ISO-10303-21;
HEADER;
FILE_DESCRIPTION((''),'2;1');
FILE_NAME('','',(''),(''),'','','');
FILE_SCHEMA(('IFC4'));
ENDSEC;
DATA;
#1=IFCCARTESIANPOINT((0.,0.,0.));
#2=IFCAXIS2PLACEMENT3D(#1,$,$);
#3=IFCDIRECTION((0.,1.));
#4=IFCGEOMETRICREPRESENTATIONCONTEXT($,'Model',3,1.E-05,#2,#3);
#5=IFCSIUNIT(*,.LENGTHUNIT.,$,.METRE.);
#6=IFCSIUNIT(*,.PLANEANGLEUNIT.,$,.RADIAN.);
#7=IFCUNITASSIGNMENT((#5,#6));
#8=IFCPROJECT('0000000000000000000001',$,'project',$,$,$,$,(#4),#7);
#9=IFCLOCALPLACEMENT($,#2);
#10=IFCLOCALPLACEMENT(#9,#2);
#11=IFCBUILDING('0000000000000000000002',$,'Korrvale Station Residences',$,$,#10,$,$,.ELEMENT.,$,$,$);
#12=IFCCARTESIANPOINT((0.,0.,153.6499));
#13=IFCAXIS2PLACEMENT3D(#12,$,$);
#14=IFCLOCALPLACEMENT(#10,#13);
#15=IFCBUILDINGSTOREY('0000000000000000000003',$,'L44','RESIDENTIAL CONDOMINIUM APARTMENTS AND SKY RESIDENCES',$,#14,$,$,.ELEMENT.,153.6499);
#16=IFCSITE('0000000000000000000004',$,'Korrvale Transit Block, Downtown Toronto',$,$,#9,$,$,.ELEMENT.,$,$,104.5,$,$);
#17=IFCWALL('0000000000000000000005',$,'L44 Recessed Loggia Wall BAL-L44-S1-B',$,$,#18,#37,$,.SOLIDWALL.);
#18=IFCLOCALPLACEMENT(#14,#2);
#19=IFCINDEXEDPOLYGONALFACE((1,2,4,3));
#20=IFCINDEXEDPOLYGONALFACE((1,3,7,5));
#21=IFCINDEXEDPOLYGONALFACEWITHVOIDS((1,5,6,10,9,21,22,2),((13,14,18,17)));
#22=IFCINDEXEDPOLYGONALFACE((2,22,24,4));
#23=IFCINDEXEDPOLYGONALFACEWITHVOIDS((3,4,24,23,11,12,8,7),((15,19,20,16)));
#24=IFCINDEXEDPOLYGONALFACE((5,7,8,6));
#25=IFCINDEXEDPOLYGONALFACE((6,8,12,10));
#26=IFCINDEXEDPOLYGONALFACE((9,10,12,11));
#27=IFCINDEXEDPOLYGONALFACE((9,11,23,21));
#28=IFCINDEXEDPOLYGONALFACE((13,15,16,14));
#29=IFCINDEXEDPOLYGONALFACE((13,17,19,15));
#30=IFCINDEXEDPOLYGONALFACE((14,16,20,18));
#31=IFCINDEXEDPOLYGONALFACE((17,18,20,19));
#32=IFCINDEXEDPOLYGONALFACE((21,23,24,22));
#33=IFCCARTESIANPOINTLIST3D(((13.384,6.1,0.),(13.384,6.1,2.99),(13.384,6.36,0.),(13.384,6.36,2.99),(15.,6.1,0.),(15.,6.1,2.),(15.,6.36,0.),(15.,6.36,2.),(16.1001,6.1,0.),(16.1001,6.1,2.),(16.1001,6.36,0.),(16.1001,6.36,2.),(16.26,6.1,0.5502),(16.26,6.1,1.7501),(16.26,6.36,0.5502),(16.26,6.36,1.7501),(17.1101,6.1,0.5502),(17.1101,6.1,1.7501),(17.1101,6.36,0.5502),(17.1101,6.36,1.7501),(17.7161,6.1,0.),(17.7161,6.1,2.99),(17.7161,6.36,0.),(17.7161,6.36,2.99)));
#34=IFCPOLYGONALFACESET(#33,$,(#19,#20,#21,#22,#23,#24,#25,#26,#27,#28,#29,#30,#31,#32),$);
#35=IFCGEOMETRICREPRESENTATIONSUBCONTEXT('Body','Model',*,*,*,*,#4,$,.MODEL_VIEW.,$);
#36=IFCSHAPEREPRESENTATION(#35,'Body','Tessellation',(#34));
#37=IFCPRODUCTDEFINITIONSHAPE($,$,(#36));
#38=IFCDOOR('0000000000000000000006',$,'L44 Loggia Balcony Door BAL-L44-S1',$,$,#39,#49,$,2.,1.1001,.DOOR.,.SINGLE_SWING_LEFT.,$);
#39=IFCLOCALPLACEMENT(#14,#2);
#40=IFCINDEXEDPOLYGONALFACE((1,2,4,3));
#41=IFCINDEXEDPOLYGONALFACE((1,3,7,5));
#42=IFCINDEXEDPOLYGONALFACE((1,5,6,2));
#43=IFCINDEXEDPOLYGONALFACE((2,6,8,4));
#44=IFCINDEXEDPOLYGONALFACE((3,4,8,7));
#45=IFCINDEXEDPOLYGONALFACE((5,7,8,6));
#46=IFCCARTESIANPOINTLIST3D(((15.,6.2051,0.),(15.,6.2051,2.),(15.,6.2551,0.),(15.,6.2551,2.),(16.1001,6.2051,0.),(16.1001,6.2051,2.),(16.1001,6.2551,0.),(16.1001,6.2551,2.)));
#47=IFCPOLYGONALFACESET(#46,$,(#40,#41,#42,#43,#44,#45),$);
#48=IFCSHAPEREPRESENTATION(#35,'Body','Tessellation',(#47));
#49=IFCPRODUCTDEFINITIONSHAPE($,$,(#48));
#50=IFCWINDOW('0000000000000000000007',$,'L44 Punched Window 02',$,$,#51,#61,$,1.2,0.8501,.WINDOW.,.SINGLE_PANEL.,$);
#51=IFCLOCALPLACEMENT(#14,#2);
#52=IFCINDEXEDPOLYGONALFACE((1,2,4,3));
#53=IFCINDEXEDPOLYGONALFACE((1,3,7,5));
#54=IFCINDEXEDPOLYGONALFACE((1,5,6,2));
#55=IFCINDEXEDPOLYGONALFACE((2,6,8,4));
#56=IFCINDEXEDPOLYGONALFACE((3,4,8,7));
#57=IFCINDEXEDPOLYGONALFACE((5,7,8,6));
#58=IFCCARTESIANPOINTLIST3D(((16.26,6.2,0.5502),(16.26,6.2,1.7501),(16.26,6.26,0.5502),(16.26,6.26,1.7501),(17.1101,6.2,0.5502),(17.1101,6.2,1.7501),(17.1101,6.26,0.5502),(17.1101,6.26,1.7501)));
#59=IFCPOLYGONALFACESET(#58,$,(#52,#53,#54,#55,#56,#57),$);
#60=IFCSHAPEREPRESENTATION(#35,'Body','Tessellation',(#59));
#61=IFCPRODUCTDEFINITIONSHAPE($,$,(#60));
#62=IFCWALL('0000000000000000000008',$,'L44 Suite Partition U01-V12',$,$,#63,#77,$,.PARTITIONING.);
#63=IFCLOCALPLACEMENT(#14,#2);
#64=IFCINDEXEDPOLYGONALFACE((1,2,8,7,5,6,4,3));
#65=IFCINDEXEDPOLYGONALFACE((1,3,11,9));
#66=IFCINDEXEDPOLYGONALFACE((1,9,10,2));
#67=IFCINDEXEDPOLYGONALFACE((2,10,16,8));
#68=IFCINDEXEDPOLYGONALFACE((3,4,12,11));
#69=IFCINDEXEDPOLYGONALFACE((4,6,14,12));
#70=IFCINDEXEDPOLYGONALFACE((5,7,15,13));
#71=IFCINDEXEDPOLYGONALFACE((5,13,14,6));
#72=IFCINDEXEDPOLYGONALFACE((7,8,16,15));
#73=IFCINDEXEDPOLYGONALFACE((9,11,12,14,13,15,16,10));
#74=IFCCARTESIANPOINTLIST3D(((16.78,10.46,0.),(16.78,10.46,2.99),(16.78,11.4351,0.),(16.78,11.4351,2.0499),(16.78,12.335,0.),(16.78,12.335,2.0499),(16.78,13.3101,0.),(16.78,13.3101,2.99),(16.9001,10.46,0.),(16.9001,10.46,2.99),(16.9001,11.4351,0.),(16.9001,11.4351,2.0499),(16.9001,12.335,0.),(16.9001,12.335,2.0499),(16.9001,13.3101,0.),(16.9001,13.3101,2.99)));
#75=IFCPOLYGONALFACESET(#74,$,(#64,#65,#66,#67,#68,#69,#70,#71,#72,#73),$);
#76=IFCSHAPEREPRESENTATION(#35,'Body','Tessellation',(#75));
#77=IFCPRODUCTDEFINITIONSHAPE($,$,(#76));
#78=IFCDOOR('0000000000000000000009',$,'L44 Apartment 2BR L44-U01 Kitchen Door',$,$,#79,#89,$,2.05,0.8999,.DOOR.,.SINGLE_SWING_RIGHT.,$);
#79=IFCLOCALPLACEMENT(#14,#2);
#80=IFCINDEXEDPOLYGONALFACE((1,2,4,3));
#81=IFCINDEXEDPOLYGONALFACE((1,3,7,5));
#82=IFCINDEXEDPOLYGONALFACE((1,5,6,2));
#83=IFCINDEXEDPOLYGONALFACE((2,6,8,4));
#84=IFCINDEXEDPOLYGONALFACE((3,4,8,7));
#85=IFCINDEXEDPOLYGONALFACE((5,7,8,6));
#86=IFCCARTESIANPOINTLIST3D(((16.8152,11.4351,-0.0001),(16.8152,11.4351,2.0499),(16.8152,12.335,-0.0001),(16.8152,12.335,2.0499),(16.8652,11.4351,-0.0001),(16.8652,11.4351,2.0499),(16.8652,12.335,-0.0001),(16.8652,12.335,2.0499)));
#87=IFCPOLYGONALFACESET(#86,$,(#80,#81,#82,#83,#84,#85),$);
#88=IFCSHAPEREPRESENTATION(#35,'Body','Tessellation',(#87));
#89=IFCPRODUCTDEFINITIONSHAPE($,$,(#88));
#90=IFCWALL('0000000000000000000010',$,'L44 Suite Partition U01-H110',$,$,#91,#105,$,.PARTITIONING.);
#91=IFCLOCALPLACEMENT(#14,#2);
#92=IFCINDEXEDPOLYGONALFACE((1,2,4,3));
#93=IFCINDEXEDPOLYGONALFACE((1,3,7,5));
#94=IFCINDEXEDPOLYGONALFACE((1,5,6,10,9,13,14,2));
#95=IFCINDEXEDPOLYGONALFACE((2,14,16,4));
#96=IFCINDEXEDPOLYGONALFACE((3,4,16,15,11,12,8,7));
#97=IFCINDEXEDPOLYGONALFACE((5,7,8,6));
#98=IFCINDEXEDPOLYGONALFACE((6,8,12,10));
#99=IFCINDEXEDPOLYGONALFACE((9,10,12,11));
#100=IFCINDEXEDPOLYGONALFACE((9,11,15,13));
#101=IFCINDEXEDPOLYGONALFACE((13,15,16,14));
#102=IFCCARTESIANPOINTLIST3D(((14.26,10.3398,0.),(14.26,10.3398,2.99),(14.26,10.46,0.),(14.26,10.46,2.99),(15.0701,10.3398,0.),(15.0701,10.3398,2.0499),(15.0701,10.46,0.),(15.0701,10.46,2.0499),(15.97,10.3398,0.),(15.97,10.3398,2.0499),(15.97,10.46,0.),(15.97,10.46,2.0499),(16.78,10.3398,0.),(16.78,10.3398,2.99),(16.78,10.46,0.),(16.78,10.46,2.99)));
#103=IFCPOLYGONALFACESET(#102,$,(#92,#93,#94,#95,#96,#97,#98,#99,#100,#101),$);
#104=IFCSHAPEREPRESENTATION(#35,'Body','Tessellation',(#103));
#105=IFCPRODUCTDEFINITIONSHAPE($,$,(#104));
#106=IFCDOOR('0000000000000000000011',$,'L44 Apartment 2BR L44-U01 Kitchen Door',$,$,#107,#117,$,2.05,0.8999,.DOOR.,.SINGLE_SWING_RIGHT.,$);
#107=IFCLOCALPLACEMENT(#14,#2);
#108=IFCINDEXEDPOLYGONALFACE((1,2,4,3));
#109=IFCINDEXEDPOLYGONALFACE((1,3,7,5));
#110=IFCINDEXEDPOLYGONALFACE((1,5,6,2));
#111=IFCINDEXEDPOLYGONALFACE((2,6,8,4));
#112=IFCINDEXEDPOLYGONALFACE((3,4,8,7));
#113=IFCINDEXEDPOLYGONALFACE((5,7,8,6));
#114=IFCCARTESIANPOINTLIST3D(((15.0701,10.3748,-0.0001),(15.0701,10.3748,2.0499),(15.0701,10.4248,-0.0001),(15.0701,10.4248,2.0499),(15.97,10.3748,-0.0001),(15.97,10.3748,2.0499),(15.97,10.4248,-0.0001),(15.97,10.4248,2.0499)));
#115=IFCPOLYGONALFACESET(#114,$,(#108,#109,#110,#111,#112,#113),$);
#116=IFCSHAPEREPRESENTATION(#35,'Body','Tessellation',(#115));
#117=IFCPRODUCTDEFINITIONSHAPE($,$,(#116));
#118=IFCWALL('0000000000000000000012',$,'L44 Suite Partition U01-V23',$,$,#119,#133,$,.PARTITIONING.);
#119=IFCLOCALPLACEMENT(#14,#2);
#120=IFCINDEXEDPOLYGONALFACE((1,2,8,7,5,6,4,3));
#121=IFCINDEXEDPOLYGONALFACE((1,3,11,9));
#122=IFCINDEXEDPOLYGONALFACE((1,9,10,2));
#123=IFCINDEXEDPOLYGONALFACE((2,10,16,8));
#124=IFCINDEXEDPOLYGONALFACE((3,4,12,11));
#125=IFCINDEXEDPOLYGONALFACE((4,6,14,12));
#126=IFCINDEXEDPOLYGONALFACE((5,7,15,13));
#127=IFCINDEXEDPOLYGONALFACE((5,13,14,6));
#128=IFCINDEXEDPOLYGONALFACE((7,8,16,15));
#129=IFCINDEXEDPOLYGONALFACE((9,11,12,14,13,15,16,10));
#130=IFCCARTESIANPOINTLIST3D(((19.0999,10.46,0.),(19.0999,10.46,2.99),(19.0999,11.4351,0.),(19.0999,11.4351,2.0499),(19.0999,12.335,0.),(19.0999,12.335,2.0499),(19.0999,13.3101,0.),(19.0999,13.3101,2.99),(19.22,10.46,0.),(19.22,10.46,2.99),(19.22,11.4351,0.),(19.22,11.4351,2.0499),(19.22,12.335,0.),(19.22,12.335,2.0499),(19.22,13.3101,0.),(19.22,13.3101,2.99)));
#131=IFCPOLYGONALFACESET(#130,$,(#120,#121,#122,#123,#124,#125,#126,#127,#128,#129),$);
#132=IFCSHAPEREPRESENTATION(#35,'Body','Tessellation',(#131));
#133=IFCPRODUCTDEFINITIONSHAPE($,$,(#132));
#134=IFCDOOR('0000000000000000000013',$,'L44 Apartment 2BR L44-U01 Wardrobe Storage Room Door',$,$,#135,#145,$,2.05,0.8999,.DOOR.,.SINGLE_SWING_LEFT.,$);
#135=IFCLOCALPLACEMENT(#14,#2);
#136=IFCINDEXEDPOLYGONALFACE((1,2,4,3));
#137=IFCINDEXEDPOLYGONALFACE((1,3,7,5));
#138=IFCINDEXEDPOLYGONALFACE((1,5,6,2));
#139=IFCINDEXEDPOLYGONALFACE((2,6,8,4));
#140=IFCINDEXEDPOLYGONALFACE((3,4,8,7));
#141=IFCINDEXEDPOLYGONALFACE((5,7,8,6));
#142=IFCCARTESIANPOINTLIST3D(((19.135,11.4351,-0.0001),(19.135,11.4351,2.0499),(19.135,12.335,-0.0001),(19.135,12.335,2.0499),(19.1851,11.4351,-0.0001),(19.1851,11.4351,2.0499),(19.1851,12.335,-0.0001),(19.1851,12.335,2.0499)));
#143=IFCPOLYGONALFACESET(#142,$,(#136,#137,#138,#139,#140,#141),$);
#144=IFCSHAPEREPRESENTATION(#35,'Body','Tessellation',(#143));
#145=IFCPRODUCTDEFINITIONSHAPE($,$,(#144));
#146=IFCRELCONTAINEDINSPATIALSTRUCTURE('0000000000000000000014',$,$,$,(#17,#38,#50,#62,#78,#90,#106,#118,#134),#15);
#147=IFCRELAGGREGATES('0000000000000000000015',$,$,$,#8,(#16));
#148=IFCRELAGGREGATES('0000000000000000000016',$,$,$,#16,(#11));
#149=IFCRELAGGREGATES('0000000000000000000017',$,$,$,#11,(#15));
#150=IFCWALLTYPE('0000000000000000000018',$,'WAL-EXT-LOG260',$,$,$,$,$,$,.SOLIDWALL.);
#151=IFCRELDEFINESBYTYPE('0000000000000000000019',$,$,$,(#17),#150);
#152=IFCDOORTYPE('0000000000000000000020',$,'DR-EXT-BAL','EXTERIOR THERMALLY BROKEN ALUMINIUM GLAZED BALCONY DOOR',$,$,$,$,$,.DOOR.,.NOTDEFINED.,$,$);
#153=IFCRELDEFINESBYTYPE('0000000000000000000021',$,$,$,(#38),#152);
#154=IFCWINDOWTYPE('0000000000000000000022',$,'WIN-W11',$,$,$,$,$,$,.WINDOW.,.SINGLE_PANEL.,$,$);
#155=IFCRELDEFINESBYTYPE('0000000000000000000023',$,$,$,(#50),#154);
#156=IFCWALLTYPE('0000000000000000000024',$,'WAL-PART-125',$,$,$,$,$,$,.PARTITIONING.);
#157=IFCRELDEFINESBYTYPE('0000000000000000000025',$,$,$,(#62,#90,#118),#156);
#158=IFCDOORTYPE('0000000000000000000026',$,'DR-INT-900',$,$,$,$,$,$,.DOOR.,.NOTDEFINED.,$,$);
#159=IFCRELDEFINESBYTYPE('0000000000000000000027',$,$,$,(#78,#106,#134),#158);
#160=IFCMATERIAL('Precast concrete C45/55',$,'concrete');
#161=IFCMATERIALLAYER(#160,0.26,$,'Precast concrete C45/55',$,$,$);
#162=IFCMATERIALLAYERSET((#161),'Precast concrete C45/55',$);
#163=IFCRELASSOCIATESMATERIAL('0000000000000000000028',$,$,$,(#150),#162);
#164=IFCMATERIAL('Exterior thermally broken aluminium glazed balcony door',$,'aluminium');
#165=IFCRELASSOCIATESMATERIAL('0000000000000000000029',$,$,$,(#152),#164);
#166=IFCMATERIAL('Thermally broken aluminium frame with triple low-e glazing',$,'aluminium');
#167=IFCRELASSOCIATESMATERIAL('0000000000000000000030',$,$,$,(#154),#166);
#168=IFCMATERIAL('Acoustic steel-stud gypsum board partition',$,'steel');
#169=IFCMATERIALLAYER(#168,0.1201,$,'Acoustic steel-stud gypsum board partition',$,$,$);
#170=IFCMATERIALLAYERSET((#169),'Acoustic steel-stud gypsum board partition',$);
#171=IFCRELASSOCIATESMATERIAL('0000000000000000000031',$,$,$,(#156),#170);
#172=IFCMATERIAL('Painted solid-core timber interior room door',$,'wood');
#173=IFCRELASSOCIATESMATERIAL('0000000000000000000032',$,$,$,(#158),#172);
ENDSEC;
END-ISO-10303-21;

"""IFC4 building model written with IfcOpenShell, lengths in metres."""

from ifc_helpers import new_model, si_unit, direction, frame, frame_2d, origin, place, context, subcontext, project, spatial, rectangle, extrude, material, layer, layer_set, type_object, element, fill, save


model = new_model("IFC4")

# Units and contexts
model_context = context("Model", 3, precision=1e-05, world=origin(), true_north=direction((0.0, 1.0)))
body_context = subcontext(model_context, "Body", "Model", "MODEL_VIEW")
ifc_project = project(units=[si_unit("LENGTHUNIT", "METRE"), si_unit("PLANEANGLEUNIT", "RADIAN")], contexts=[model_context])

# Site, building, storey
site_placement = place(None, origin())
site = spatial("IfcSite", under=ifc_project, at=site_placement, Name="Korrvale Transit Block, Downtown Toronto", CompositionType="ELEMENT", RefElevation=104.5)
building_placement = place(site_placement, origin())
building = spatial("IfcBuilding", under=site, at=building_placement, Name="Korrvale Station Residences", CompositionType="ELEMENT")
storey_placement = place(building_placement, frame((0.0, 0.0, 153.6499)))
storey = spatial("IfcBuildingStorey", under=building, at=storey_placement, Name="L44", Description="RESIDENTIAL CONDOMINIUM APARTMENTS AND SKY RESIDENCES", CompositionType="ELEMENT", Elevation=153.6499)

# Shared definitions
ifc_material_1 = material(Name="Precast concrete C45/55", Category="concrete")
ifc_layer_1 = layer(ifc_material_1, 0.26, Name="Precast concrete C45/55")
ifc_layer_set_1 = layer_set([ifc_layer_1], Name="Precast concrete C45/55")
wall_type_1 = type_object("IfcWallType", Name="WAL-EXT-LOG260", PredefinedType="SOLIDWALL", material=ifc_layer_set_1)

# Wall, openings, door, window
wall_1_placement = place(storey_placement, frame((17.7161, 6.23, 0.0), z_axis=(0.0, 0.0, 1.0), x_axis=(-1.0, 0.0, 0.0)))
wall_1 = element("IfcWall", 1, at=wall_1_placement, inside=storey, type_object=wall_type_1, Name="L44 Recessed Loggia Wall BAL-L44-S1-B", PredefinedType="SOLIDWALL", context=body_context, shape_type="SweptSolid", body=[
    extrude(rectangle(XDim=4.332, YDim=0.26, at=frame_2d((2.166, 0.0))), origin(), (0.0, 0.0, 1.0), 2.99),
])
opening_1_placement = place(wall_1_placement, frame((1.616, 0.0, 0.0)))
opening_1 = element("IfcOpeningElement", 2, at=opening_1_placement, cuts=wall_1, PredefinedType="OPENING", context=body_context, shape_type="SweptSolid", body=[
    extrude(rectangle(XDim=1.1001, YDim=2.0, at=frame_2d((0.55, 1.0))), frame((0.0, 0.1401, 0.0), z_axis=(0.0, -1.0, 0.0), x_axis=(1.0, 0.0, 0.0)), (0.0, 0.0, 1.0), 0.28),
])
opening_2_placement = place(wall_1_placement, frame((0.606, 0.0, 0.55)))
opening_2 = element("IfcOpeningElement", 3, at=opening_2_placement, cuts=wall_1, PredefinedType="OPENING", context=body_context, shape_type="SweptSolid", body=[
    extrude(rectangle(XDim=0.8501, YDim=1.2, at=frame_2d((0.425, 0.6001))), frame((0.0, 0.1401, 0.0), z_axis=(0.0, -1.0, 0.0), x_axis=(1.0, 0.0, 0.0)), (0.0, 0.0, 1.0), 0.28),
])
ifc_material_2 = material(Name="Exterior thermally broken aluminium glazed balcony door", Category="aluminium")
door_type_1 = type_object("IfcDoorType", Name="DR-EXT-BAL", Description="EXTERIOR THERMALLY BROKEN ALUMINIUM GLAZED BALCONY DOOR", OperationType="NOTDEFINED", PredefinedType="DOOR", material=ifc_material_2)
door_1_placement = place(opening_1_placement, origin())
door_1 = element("IfcDoor", 4, at=door_1_placement, inside=storey, type_object=door_type_1, Name="L44 Loggia Balcony Door BAL-L44-S1", OperationType="SINGLE_SWING_LEFT", OverallHeight=2.0, OverallWidth=1.1001, PredefinedType="DOOR", context=body_context, shape_type="SweptSolid", body=[
    extrude(rectangle(XDim=1.1001, YDim=2.0, at=frame_2d((0.55, 1.0))), frame((0.0, 0.0249, 0.0), z_axis=(0.0, -1.0, 0.0), x_axis=(1.0, 0.0, 0.0)), (0.0, 0.0, 1.0), 0.05),
])
fill(opening_1, door_1)
ifc_material_3 = material(Name="Thermally broken aluminium frame with triple low-e glazing", Category="aluminium")
window_type = type_object("IfcWindowType", Name="WIN-W11", PartitioningType="SINGLE_PANEL", PredefinedType="WINDOW", material=ifc_material_3)
window_placement = place(opening_2_placement, origin())
window = element("IfcWindow", 5, at=window_placement, inside=storey, type_object=window_type, Name="L44 Punched Window 02", OverallHeight=1.2, OverallWidth=0.8501, PartitioningType="SINGLE_PANEL", PredefinedType="WINDOW", context=body_context, shape_type="SweptSolid", body=[
    extrude(rectangle(XDim=0.8501, YDim=1.2, at=frame_2d((0.425, 0.6001))), frame((0.0, 0.03, 0.0), z_axis=(0.0, -1.0, 0.0), x_axis=(1.0, 0.0, 0.0)), (0.0, 0.0, 1.0), 0.0601),
])
fill(opening_2, window)

# Walls, openings, doors
ifc_material_4 = material(Name="Acoustic steel-stud gypsum board partition", Category="steel")
ifc_layer_2 = layer(ifc_material_4, 0.1201, Name="Acoustic steel-stud gypsum board partition")
ifc_layer_set_2 = layer_set([ifc_layer_2], Name="Acoustic steel-stud gypsum board partition")
wall_type_2 = type_object("IfcWallType", Name="WAL-PART-125", PredefinedType="PARTITIONING", material=ifc_layer_set_2)
wall_2_placement = place(storey_placement, frame((16.8401, 10.46, 0.0), z_axis=(0.0, 0.0, 1.0), x_axis=(0.0, 1.0, 0.0)))
wall_2 = element("IfcWall", 6, at=wall_2_placement, inside=storey, type_object=wall_type_2, Name="L44 Suite Partition U01-V12", PredefinedType="PARTITIONING", context=body_context, shape_type="SweptSolid", body=[
    extrude(rectangle(XDim=2.8501, YDim=0.1201, at=frame_2d((1.425, 0.0))), origin(), (0.0, 0.0, 1.0), 2.99),
])
opening_3_placement = place(wall_2_placement, frame((0.9751, 0.0, 0.0)))
opening_3 = element("IfcOpeningElement", 7, at=opening_3_placement, cuts=wall_2, PredefinedType="OPENING", context=body_context, shape_type="SweptSolid", body=[
    extrude(rectangle(XDim=0.8999, YDim=2.05, at=frame_2d((0.45, 1.0249))), frame((0.0, 0.0701, 0.0), z_axis=(0.0, -1.0, 0.0), x_axis=(1.0, 0.0, 0.0)), (0.0, 0.0, 1.0), 0.1401),
])
ifc_material_5 = material(Name="Painted solid-core timber interior room door", Category="wood")
door_type_2 = type_object("IfcDoorType", Name="DR-INT-900", OperationType="NOTDEFINED", PredefinedType="DOOR", material=ifc_material_5)
door_2_placement = place(opening_3_placement, origin())
door_2 = element("IfcDoor", 8, at=door_2_placement, inside=storey, type_object=door_type_2, Name="L44 Apartment 2BR L44-U01 Kitchen Door", OperationType="SINGLE_SWING_RIGHT", OverallHeight=2.05, OverallWidth=0.8999, PredefinedType="DOOR", context=body_context, shape_type="SweptSolid", body=[
    extrude(rectangle(XDim=0.8999, YDim=2.05, at=frame_2d((0.45, 1.0249))), frame((0.0, 0.0249, 0.0), z_axis=(0.0, -1.0, 0.0), x_axis=(1.0, 0.0, 0.0)), (0.0, 0.0, 1.0), 0.05),
])
fill(opening_3, door_2)
wall_3_placement = place(storey_placement, frame((14.26, 10.3999, 0.0), z_axis=(0.0, 0.0, 1.0), x_axis=(1.0, 0.0, 0.0)))
wall_3 = element("IfcWall", 9, at=wall_3_placement, inside=storey, type_object=wall_type_2, Name="L44 Suite Partition U01-H110", PredefinedType="PARTITIONING", context=body_context, shape_type="SweptSolid", body=[
    extrude(rectangle(XDim=2.52, YDim=0.1201, at=frame_2d((1.26, 0.0))), origin(), (0.0, 0.0, 1.0), 2.99),
])
opening_4_placement = place(wall_3_placement, frame((0.8101, 0.0, 0.0)))
opening_4 = element("IfcOpeningElement", 10, at=opening_4_placement, cuts=wall_3, PredefinedType="OPENING", context=body_context, shape_type="SweptSolid", body=[
    extrude(rectangle(XDim=0.8999, YDim=2.05, at=frame_2d((0.45, 1.0249))), frame((0.0, 0.0701, 0.0), z_axis=(0.0, -1.0, 0.0), x_axis=(1.0, 0.0, 0.0)), (0.0, 0.0, 1.0), 0.1401),
])
door_3_placement = place(opening_4_placement, origin())
door_3 = element("IfcDoor", 11, at=door_3_placement, inside=storey, type_object=door_type_2, Name="L44 Apartment 2BR L44-U01 Kitchen Door", OperationType="SINGLE_SWING_RIGHT", OverallHeight=2.05, OverallWidth=0.8999, PredefinedType="DOOR", context=body_context, shape_type="SweptSolid", body=[
    extrude(rectangle(XDim=0.8999, YDim=2.05, at=frame_2d((0.45, 1.0249))), frame((0.0, 0.0249, 0.0), z_axis=(0.0, -1.0, 0.0), x_axis=(1.0, 0.0, 0.0)), (0.0, 0.0, 1.0), 0.05),
])
fill(opening_4, door_3)
wall_4_placement = place(storey_placement, frame((19.1599, 10.46, 0.0), z_axis=(0.0, 0.0, 1.0), x_axis=(0.0, 1.0, 0.0)))
wall_4 = element("IfcWall", 12, at=wall_4_placement, inside=storey, type_object=wall_type_2, Name="L44 Suite Partition U01-V23", PredefinedType="PARTITIONING", context=body_context, shape_type="SweptSolid", body=[
    extrude(rectangle(XDim=2.8501, YDim=0.1201, at=frame_2d((1.425, 0.0))), origin(), (0.0, 0.0, 1.0), 2.99),
])
opening_5_placement = place(wall_4_placement, frame((0.9751, 0.0, 0.0)))
opening_5 = element("IfcOpeningElement", 13, at=opening_5_placement, cuts=wall_4, PredefinedType="OPENING", context=body_context, shape_type="SweptSolid", body=[
    extrude(rectangle(XDim=0.8999, YDim=2.05, at=frame_2d((0.45, 1.0249))), frame((0.0, 0.0701, 0.0), z_axis=(0.0, -1.0, 0.0), x_axis=(1.0, 0.0, 0.0)), (0.0, 0.0, 1.0), 0.1401),
])
door_4_placement = place(opening_5_placement, origin())
door_4 = element("IfcDoor", 14, at=door_4_placement, inside=storey, type_object=door_type_2, Name="L44 Apartment 2BR L44-U01 Wardrobe Storage Room Door", OperationType="SINGLE_SWING_LEFT", OverallHeight=2.05, OverallWidth=0.8999, PredefinedType="DOOR", context=body_context, shape_type="SweptSolid", body=[
    extrude(rectangle(XDim=0.8999, YDim=2.05, at=frame_2d((0.45, 1.0249))), frame((0.0, 0.0249, 0.0), z_axis=(0.0, -1.0, 0.0), x_axis=(1.0, 0.0, 0.0)), (0.0, 0.0, 1.0), 0.05),
])
fill(opening_5, door_4)

save(model, "model.ifc")
